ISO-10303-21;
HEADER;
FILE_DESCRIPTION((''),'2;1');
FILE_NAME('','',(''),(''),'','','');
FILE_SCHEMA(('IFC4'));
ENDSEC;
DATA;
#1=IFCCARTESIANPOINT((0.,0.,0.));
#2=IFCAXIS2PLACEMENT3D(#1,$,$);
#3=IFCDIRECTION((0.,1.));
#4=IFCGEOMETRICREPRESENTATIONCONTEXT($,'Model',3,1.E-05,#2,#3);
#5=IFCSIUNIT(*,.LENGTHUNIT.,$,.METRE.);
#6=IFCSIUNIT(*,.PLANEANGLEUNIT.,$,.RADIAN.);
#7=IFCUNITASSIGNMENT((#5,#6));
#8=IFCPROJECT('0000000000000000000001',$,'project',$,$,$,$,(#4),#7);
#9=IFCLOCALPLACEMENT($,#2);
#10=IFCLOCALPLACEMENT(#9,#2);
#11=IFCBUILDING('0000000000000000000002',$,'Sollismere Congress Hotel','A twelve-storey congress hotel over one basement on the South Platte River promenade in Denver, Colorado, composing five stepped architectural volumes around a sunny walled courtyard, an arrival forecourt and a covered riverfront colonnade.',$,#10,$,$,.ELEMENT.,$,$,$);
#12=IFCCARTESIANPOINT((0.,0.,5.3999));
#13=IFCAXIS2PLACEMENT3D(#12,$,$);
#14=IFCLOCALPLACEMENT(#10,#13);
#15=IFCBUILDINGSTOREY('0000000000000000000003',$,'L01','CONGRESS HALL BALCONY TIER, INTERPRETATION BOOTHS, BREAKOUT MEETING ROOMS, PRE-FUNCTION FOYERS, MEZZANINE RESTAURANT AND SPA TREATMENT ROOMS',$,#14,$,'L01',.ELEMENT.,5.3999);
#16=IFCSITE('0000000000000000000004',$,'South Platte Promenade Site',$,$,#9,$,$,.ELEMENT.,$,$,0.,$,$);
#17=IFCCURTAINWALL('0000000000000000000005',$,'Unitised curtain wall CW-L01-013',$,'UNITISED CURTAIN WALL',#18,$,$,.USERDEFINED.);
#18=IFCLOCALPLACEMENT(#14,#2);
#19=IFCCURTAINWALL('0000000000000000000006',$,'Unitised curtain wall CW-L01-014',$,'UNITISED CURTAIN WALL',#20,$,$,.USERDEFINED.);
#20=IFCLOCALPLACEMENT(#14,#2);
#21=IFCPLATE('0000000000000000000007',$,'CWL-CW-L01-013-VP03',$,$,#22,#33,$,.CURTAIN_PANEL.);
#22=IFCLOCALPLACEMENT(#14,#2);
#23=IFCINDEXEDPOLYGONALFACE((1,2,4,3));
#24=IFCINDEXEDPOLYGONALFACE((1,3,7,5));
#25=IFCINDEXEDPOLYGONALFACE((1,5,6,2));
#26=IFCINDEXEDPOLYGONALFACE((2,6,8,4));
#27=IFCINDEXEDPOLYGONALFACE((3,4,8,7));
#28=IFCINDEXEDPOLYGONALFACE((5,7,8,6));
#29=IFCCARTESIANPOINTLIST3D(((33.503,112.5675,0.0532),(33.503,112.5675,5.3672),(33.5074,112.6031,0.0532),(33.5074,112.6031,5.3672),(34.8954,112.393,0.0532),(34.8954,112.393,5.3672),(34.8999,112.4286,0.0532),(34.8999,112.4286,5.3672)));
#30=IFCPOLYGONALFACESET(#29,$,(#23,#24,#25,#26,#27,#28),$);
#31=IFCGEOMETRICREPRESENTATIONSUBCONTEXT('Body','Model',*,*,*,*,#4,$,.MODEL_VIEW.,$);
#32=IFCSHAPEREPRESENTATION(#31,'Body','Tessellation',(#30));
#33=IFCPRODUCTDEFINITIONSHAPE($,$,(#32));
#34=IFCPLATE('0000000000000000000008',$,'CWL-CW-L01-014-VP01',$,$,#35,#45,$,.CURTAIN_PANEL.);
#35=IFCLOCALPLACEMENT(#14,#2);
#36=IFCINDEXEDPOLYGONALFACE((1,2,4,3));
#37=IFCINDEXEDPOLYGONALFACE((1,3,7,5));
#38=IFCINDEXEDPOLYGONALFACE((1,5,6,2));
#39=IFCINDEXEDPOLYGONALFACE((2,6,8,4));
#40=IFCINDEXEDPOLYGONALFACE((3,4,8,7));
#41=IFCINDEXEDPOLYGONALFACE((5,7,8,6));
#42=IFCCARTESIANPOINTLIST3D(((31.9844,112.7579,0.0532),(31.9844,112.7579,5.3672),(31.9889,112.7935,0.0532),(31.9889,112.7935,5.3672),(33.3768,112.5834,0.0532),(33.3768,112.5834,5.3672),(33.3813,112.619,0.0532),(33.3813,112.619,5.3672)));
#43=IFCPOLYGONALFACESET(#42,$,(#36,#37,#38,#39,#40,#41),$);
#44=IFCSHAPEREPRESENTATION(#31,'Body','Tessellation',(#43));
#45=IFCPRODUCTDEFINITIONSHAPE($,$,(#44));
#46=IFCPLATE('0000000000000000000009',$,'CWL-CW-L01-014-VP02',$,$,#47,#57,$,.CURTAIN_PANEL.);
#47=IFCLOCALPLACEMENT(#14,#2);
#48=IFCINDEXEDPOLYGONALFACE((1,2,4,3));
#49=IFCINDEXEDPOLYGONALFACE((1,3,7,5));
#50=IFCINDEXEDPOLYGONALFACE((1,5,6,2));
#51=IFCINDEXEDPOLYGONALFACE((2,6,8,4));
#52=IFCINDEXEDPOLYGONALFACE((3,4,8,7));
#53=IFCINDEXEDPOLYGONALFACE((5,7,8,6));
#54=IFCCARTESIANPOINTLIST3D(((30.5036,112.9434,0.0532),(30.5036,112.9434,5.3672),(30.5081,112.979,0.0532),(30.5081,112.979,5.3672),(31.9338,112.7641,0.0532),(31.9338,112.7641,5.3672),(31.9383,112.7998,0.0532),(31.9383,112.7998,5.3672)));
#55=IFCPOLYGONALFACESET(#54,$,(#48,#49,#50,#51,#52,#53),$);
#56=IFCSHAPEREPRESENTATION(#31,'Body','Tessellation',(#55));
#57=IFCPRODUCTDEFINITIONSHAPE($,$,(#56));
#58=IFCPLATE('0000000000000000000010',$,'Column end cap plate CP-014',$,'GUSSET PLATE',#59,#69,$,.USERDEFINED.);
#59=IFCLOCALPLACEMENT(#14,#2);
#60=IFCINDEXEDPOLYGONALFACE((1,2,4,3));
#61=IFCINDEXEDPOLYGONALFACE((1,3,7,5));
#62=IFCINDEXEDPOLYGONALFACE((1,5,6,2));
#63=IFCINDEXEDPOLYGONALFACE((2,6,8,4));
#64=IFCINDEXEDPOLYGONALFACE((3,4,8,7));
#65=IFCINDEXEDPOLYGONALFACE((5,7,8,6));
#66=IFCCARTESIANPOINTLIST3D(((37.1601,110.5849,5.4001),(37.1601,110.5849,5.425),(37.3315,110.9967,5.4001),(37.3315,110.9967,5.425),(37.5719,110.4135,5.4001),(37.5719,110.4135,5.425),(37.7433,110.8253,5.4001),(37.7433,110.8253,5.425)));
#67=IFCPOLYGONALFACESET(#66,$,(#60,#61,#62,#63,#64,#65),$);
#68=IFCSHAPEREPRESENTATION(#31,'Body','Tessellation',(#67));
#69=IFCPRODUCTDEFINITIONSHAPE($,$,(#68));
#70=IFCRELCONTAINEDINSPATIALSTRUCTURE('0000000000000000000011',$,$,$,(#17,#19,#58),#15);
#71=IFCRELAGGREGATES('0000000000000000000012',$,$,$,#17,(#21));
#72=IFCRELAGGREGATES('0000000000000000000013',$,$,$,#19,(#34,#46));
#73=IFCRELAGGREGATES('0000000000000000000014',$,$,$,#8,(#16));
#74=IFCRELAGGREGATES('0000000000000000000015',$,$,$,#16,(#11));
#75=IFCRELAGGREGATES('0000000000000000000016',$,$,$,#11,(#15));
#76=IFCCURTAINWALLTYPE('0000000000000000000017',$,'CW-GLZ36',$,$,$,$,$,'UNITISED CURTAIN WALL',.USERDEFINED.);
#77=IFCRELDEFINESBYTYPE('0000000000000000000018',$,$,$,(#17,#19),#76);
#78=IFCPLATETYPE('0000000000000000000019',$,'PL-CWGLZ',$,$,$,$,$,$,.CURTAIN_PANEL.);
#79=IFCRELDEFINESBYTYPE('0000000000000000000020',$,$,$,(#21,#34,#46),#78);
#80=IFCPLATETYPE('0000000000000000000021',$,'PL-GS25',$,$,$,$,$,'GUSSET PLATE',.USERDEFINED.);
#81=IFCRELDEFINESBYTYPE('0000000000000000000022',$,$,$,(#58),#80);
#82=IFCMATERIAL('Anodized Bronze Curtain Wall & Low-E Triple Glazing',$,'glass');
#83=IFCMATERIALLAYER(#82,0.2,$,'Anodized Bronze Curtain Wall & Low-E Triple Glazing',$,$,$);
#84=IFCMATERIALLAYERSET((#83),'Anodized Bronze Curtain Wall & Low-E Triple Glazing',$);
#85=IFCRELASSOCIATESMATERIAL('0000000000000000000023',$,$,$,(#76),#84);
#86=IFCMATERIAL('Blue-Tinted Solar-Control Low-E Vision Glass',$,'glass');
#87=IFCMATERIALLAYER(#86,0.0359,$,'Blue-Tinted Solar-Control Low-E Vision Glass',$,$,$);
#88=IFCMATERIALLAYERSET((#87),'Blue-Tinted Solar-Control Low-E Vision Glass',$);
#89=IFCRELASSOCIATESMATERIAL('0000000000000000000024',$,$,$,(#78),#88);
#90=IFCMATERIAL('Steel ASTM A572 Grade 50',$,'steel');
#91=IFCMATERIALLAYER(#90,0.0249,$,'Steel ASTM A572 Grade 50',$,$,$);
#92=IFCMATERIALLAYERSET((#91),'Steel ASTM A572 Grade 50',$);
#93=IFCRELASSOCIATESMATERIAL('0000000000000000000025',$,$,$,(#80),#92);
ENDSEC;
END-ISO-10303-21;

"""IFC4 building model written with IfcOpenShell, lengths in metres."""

from ifc_helpers import new_model, si_unit, direction, frame, origin, origin_2d, place, context, subcontext, project, spatial, rectangle, extrude, material, layer, layer_set, type_object, element, aggregate, save


model = new_model("IFC4")

# Units and contexts
model_context = context("Model", 3, precision=1e-05, world=origin(), true_north=direction((0.0, 1.0)))
body_context = subcontext(model_context, "Body", "Model", "MODEL_VIEW")
ifc_project = project(units=[si_unit("LENGTHUNIT", "METRE"), si_unit("PLANEANGLEUNIT", "RADIAN")], contexts=[model_context])

# Site, building, storey
site_placement = place(None, origin())
site = spatial("IfcSite", under=ifc_project, at=site_placement, Name="South Platte Promenade Site", CompositionType="ELEMENT", RefElevation=0.0)
building_placement = place(site_placement, origin())
building = spatial("IfcBuilding", under=site, at=building_placement, Name="Sollismere Congress Hotel", Description="A twelve-storey congress hotel over one basement on the South Platte River promenade in Denver, Colorado, composing five stepped architectural volumes around a sunny walled courtyard, an arrival forecourt and a covered riverfront colonnade.", CompositionType="ELEMENT")
storey_placement = place(building_placement, frame((0.0, 0.0, 5.3999)))
storey = spatial("IfcBuildingStorey", under=building, at=storey_placement, Name="L01", Description="CONGRESS HALL BALCONY TIER, INTERPRETATION BOOTHS, BREAKOUT MEETING ROOMS, PRE-FUNCTION FOYERS, MEZZANINE RESTAURANT AND SPA TREATMENT ROOMS", LongName="L01", CompositionType="ELEMENT", Elevation=5.3999)

# Curtain walls
ifc_material_1 = material(Name="Anodized Bronze Curtain Wall & Low-E Triple Glazing", Category="glass")
ifc_layer_1 = layer(ifc_material_1, 0.2, Name="Anodized Bronze Curtain Wall & Low-E Triple Glazing")
ifc_layer_set_1 = layer_set([ifc_layer_1], Name="Anodized Bronze Curtain Wall & Low-E Triple Glazing")
curtain_wall_type = type_object("IfcCurtainWallType", Name="CW-GLZ36", ElementType="UNITISED CURTAIN WALL", PredefinedType="USERDEFINED", material=ifc_layer_set_1)
curtain_wall_1_placement = place(storey_placement, origin())
curtain_wall_1 = element("IfcCurtainWall", 1, at=curtain_wall_1_placement, inside=storey, type_object=curtain_wall_type, Name="Unitised curtain wall CW-L01-013", ObjectType="UNITISED CURTAIN WALL", PredefinedType="USERDEFINED")
curtain_wall_2_placement = place(storey_placement, origin())
curtain_wall_2 = element("IfcCurtainWall", 2, at=curtain_wall_2_placement, inside=storey, type_object=curtain_wall_type, Name="Unitised curtain wall CW-L01-014", ObjectType="UNITISED CURTAIN WALL", PredefinedType="USERDEFINED")

# Plates
ifc_material_2 = material(Name="Blue-Tinted Solar-Control Low-E Vision Glass", Category="glass")
ifc_layer_2 = layer(ifc_material_2, 0.0359, Name="Blue-Tinted Solar-Control Low-E Vision Glass")
ifc_layer_set_2 = layer_set([ifc_layer_2], Name="Blue-Tinted Solar-Control Low-E Vision Glass")
plate_type_1 = type_object("IfcPlateType", Name="PL-CWGLZ", PredefinedType="CURTAIN_PANEL", material=ifc_layer_set_2)
plate_1_placement = place(storey_placement, frame((34.2014, 112.498, 0.0532), z_axis=(0.0, 0.0, 1.0), x_axis=(-0.992237, 0.124363, 0.0)))
plate_1 = element("IfcPlate", 3, at=plate_1_placement, type_object=plate_type_1, Name="CWL-CW-L01-013-VP03", PredefinedType="CURTAIN_PANEL", context=body_context, shape_type="SweptSolid", body=[
    extrude(rectangle(XDim=1.4033, YDim=0.0359, at=origin_2d()), origin(), (0.0, 0.0, 1.0), 5.314),
])
aggregate(curtain_wall_1, [plate_1])
plate_2_placement = place(storey_placement, frame((32.6829, 112.6885, 0.0532), z_axis=(0.0, 0.0, 1.0), x_axis=(-0.992237, 0.124363, 0.0)))
plate_2 = element("IfcPlate", 4, at=plate_2_placement, type_object=plate_type_1, Name="CWL-CW-L01-014-VP01", PredefinedType="CURTAIN_PANEL", context=body_context, shape_type="SweptSolid", body=[
    extrude(rectangle(XDim=1.4033, YDim=0.0359, at=origin_2d()), origin(), (0.0, 0.0, 1.0), 5.314),
])
plate_3_placement = place(storey_placement, frame((31.2209, 112.8716, 0.0532), z_axis=(0.0, 0.0, 1.0), x_axis=(-0.992237, 0.124363, 0.0)))
plate_3 = element("IfcPlate", 5, at=plate_3_placement, type_object=plate_type_1, Name="CWL-CW-L01-014-VP02", PredefinedType="CURTAIN_PANEL", context=body_context, shape_type="SweptSolid", body=[
    extrude(rectangle(XDim=1.4414, YDim=0.0359, at=origin_2d()), origin(), (0.0, 0.0, 1.0), 5.314),
])
aggregate(curtain_wall_2, [plate_2, plate_3])
ifc_material_3 = material(Name="Steel ASTM A572 Grade 50", Category="steel")
ifc_layer_3 = layer(ifc_material_3, 0.0249, Name="Steel ASTM A572 Grade 50")
ifc_layer_set_3 = layer_set([ifc_layer_3], Name="Steel ASTM A572 Grade 50")
plate_type_2 = type_object("IfcPlateType", Name="PL-GS25", ElementType="GUSSET PLATE", PredefinedType="USERDEFINED", material=ifc_layer_set_3)
plate_4_placement = place(storey_placement, frame((37.4517, 110.7051, 5.4001), z_axis=(0.0, 0.0, 1.0), x_axis=(0.384295, 0.92321, 0.0)))
element("IfcPlate", 6, at=plate_4_placement, inside=storey, type_object=plate_type_2, Name="Column end cap plate CP-014", ObjectType="GUSSET PLATE", PredefinedType="USERDEFINED", context=body_context, shape_type="SweptSolid", body=[
    extrude(rectangle(XDim=0.446, YDim=0.446, at=origin_2d()), origin(), (0.0, 0.0, 1.0), 0.0249),
])

save(model, "model.ifc")
